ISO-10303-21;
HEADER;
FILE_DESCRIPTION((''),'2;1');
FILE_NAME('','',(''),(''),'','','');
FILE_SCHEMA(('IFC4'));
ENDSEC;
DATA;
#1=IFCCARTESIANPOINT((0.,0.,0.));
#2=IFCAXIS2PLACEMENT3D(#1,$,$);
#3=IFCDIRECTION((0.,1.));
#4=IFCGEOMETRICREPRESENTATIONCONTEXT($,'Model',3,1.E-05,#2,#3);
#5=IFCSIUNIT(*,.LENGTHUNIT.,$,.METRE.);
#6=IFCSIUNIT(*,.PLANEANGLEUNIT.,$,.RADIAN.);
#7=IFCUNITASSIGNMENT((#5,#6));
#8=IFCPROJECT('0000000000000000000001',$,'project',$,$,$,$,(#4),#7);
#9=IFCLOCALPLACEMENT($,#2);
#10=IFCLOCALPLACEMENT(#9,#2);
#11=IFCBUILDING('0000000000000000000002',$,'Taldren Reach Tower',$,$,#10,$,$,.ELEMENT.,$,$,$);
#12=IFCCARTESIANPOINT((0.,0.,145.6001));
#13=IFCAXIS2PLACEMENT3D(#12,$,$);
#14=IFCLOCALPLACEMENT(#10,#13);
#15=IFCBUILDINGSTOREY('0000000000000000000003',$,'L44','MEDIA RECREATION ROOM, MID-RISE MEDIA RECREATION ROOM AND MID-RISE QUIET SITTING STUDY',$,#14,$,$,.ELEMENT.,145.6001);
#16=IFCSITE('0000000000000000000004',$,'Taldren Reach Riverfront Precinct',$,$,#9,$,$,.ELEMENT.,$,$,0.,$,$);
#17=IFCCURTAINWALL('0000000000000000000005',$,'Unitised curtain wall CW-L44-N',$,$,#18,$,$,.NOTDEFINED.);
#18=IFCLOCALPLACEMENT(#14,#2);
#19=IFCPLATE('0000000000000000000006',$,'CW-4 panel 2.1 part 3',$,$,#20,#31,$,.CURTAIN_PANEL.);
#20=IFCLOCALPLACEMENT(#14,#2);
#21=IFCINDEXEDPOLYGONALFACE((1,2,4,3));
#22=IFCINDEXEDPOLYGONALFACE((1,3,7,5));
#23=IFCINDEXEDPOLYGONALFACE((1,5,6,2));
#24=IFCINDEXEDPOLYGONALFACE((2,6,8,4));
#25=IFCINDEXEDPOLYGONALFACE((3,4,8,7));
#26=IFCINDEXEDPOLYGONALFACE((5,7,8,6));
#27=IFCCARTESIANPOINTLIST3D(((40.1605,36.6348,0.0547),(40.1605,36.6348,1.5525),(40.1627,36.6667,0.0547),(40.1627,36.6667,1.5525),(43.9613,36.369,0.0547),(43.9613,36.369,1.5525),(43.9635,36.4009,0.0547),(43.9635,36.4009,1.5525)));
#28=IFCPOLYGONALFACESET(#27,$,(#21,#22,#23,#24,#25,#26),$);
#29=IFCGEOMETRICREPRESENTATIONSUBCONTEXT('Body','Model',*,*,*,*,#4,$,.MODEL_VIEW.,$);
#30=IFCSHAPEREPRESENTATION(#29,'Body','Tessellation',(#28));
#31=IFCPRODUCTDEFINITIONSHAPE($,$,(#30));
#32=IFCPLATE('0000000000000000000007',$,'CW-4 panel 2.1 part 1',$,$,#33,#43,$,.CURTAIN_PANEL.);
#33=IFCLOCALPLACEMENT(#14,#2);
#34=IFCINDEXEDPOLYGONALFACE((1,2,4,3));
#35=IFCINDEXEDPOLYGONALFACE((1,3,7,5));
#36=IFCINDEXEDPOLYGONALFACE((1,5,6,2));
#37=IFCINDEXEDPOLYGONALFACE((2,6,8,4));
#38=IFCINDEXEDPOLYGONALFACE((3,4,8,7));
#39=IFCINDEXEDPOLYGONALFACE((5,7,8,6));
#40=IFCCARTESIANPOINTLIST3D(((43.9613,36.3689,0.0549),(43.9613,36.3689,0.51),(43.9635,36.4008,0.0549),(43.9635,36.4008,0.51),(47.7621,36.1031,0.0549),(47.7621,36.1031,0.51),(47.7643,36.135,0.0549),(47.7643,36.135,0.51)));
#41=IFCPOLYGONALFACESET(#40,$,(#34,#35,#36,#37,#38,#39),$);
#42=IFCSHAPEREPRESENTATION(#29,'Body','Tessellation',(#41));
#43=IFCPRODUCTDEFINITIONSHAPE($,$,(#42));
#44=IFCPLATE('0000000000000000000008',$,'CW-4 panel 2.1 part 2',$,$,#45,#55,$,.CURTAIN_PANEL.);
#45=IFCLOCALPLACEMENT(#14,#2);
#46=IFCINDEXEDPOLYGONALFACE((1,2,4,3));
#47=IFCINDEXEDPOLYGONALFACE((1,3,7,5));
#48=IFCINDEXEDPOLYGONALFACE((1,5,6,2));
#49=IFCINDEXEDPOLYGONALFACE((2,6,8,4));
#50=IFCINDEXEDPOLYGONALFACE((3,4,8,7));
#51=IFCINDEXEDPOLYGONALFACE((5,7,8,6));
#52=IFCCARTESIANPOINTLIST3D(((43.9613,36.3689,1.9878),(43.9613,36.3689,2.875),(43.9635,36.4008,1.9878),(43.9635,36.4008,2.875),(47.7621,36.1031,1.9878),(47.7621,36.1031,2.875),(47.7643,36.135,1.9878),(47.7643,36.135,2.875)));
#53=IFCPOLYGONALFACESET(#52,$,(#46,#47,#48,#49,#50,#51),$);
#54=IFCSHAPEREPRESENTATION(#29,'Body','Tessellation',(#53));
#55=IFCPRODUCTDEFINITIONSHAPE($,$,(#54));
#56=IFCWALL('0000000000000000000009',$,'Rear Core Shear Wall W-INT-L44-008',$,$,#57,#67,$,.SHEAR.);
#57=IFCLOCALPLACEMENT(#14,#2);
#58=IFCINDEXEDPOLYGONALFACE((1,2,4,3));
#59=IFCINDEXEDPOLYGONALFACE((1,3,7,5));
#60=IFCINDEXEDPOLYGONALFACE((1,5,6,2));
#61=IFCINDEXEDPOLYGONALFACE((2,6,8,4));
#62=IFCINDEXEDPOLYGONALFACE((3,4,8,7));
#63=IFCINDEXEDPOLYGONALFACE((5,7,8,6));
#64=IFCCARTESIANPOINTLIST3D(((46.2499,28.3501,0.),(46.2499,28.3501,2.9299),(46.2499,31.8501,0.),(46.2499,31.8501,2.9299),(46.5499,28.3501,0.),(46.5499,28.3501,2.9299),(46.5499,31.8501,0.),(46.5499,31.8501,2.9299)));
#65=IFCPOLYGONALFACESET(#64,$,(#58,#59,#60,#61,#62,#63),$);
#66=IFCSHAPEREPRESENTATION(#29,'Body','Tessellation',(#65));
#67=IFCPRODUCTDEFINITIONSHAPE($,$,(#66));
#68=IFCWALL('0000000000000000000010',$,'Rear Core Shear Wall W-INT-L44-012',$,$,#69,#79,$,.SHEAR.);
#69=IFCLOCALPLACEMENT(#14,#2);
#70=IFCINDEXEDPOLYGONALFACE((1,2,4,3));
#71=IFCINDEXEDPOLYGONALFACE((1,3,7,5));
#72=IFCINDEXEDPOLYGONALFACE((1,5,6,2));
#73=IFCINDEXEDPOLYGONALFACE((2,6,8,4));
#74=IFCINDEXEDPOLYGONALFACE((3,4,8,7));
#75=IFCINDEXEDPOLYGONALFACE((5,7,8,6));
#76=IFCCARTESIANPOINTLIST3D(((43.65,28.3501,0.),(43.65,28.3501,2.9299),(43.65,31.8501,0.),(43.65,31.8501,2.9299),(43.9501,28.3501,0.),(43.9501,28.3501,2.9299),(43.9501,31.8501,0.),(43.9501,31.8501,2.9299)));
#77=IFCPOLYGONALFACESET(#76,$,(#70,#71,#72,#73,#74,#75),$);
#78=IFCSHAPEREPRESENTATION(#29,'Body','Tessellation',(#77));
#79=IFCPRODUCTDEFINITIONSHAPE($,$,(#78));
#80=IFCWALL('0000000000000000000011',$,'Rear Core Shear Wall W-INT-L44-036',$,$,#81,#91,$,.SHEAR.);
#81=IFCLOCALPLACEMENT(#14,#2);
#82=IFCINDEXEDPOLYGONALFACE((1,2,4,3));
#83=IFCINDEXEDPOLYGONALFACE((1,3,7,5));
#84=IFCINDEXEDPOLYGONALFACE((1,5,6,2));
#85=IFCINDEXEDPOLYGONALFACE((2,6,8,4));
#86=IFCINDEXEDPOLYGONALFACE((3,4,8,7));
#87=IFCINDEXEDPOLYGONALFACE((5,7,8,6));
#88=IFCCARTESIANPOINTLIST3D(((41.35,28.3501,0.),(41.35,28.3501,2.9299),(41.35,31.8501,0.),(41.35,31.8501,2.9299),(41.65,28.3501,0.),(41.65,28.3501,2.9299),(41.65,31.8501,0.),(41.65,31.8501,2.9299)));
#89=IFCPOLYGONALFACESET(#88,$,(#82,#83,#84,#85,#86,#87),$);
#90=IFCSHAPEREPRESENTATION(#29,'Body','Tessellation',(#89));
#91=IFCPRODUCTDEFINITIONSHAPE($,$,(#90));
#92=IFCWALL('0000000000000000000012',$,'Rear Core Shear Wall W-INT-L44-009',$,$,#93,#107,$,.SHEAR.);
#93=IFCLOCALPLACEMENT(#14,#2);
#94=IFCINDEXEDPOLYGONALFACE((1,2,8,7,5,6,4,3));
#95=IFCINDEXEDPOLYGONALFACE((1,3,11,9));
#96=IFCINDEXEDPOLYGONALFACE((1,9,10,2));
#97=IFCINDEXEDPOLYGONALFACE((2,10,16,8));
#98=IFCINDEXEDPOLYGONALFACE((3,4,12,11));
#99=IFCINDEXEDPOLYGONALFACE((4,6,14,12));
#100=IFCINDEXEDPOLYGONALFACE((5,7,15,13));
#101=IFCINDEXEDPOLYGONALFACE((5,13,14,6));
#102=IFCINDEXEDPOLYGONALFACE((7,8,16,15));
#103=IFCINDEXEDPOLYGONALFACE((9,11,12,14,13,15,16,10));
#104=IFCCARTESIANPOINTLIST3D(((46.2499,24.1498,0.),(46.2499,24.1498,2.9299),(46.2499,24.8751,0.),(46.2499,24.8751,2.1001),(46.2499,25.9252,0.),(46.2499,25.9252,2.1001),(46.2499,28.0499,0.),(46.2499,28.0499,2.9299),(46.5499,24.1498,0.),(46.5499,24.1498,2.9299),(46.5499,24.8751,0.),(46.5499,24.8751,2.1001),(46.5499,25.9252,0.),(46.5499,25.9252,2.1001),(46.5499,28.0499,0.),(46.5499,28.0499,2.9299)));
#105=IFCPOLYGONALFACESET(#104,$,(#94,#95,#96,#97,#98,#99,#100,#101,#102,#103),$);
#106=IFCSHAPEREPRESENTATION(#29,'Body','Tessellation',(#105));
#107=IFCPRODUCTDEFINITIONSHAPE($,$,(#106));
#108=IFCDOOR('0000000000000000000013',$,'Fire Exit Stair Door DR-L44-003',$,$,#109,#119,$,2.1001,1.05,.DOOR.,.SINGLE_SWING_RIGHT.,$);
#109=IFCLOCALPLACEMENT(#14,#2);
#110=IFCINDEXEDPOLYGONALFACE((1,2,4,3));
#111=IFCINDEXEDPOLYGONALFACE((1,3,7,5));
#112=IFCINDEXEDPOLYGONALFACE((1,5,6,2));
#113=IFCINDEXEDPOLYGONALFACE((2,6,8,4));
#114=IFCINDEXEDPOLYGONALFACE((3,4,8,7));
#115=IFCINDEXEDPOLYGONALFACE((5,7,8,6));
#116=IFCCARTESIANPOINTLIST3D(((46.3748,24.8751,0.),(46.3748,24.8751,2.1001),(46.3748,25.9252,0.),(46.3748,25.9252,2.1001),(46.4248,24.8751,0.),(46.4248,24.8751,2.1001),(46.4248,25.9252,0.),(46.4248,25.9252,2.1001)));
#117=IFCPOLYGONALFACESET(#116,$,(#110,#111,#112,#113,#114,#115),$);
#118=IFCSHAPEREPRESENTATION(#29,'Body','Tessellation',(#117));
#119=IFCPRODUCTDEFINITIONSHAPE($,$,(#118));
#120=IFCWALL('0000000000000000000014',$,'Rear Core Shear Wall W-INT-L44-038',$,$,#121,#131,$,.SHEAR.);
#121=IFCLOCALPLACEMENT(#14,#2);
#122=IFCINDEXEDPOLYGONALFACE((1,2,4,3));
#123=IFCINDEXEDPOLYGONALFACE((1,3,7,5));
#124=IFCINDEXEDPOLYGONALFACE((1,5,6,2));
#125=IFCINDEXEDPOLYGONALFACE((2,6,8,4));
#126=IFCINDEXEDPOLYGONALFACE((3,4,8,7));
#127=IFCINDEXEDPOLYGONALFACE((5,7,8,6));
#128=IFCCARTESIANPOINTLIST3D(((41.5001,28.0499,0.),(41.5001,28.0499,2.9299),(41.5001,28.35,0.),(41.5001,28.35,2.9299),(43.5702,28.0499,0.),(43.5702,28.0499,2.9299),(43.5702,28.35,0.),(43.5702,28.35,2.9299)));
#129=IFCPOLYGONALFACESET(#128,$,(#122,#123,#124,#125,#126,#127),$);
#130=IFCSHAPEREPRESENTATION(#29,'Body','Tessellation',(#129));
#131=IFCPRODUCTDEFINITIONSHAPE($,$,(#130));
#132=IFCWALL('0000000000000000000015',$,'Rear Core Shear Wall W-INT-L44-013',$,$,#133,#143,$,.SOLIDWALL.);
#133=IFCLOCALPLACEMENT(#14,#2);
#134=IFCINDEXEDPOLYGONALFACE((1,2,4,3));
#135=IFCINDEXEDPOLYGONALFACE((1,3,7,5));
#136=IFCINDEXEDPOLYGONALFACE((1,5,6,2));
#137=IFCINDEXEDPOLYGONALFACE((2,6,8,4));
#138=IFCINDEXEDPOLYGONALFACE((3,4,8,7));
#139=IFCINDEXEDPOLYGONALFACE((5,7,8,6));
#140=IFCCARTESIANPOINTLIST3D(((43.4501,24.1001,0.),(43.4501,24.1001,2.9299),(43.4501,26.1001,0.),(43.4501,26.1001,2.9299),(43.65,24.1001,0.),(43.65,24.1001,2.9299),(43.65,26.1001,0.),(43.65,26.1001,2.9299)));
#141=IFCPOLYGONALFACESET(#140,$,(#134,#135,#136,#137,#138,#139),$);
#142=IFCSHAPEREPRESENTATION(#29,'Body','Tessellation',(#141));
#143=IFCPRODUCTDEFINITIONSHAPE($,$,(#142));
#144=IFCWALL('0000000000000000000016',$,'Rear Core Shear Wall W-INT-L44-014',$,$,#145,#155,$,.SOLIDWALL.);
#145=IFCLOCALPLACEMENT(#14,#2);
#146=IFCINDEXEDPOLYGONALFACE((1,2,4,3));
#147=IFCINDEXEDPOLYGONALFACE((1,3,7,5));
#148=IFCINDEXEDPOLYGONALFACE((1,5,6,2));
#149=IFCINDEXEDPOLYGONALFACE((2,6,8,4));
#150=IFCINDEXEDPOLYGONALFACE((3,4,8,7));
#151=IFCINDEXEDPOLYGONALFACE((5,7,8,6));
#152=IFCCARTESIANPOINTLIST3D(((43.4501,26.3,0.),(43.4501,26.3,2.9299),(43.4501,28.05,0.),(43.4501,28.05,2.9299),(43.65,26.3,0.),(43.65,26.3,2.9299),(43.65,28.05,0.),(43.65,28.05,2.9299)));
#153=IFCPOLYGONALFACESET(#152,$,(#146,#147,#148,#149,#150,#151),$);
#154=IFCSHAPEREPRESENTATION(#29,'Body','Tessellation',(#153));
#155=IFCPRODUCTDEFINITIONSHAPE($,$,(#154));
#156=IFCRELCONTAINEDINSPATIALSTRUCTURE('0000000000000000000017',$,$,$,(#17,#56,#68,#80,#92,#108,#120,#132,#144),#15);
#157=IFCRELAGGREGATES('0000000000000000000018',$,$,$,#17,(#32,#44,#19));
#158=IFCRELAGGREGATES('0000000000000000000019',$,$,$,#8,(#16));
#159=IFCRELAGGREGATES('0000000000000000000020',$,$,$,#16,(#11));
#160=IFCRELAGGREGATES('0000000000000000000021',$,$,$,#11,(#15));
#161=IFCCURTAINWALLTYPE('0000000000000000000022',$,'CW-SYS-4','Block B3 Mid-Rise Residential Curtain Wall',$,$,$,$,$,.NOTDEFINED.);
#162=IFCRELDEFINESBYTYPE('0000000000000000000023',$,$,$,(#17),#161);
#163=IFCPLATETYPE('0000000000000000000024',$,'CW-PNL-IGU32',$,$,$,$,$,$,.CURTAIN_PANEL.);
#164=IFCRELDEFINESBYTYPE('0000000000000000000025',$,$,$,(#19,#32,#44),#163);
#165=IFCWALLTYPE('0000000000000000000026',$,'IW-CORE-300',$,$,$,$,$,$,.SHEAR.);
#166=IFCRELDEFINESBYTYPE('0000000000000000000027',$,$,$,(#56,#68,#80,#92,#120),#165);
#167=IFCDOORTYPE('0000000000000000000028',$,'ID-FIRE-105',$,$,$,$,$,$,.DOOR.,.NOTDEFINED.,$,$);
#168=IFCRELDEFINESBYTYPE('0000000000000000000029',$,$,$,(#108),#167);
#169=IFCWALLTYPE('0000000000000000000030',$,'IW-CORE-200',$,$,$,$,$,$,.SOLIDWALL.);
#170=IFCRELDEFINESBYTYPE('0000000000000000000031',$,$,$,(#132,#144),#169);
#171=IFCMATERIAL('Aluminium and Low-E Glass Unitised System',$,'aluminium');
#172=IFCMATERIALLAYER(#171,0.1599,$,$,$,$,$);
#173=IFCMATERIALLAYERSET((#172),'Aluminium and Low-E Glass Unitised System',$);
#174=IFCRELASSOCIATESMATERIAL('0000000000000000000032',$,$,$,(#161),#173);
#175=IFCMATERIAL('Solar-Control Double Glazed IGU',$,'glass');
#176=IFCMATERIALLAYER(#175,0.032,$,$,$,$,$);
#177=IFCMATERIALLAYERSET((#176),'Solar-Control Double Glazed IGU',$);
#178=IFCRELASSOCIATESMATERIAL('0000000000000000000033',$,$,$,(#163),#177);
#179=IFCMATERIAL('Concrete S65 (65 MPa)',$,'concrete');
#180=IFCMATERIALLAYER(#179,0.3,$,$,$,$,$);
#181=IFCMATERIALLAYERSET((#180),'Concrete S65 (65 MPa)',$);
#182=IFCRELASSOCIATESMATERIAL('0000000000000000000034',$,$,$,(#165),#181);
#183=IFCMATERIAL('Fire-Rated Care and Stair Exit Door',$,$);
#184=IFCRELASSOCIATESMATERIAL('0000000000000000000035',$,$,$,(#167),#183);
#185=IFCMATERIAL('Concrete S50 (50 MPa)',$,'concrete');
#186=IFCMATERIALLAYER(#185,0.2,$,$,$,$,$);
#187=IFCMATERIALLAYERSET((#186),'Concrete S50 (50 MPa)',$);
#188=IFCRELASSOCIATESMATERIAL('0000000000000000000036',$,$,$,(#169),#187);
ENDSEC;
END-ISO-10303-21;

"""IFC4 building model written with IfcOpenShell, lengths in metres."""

from ifc_helpers import new_model, si_unit, direction, frame, frame_2d, origin, origin_2d, place, context, subcontext, project, spatial, rectangle, extrude, source, transform, mapped, material, layer, layer_set, type_object, element, fill, aggregate, save


model = new_model("IFC4")

# Units and contexts
model_context = context("Model", 3, precision=1e-05, world=origin(), true_north=direction((0.0, 1.0)))
body_context = subcontext(model_context, "Body", "Model", "MODEL_VIEW")
ifc_project = project(units=[si_unit("LENGTHUNIT", "METRE"), si_unit("PLANEANGLEUNIT", "RADIAN")], contexts=[model_context])

# Site, building, storey
site_placement = place(None, origin())
site = spatial("IfcSite", under=ifc_project, at=site_placement, Name="Taldren Reach Riverfront Precinct", CompositionType="ELEMENT", RefElevation=0.0)
building_placement = place(site_placement, origin())
building = spatial("IfcBuilding", under=site, at=building_placement, Name="Taldren Reach Tower", CompositionType="ELEMENT")
storey_placement = place(building_placement, frame((0.0, 0.0, 145.6001)))
storey = spatial("IfcBuildingStorey", under=building, at=storey_placement, Name="L44", Description="MEDIA RECREATION ROOM, MID-RISE MEDIA RECREATION ROOM AND MID-RISE QUIET SITTING STUDY", CompositionType="ELEMENT", Elevation=145.6001)

# Curtain wall
ifc_material_1 = material(Name="Aluminium and Low-E Glass Unitised System", Category="aluminium")
ifc_layer_1 = layer(ifc_material_1, 0.1599)
ifc_layer_set_1 = layer_set([ifc_layer_1], Name="Aluminium and Low-E Glass Unitised System")
curtain_wall_type = type_object("IfcCurtainWallType", Name="CW-SYS-4", Description="Block B3 Mid-Rise Residential Curtain Wall", PredefinedType="NOTDEFINED", material=ifc_layer_set_1)
curtain_wall_placement = place(storey_placement, origin())
curtain_wall = element("IfcCurtainWall", 1, at=curtain_wall_placement, inside=storey, type_object=curtain_wall_type, Name="Unitised curtain wall CW-L44-N", PredefinedType="NOTDEFINED")

# Plates
ifc_material_2 = material(Name="Solar-Control Double Glazed IGU", Category="glass")
ifc_layer_2 = layer(ifc_material_2, 0.032)
ifc_layer_set_2 = layer_set([ifc_layer_2], Name="Solar-Control Double Glazed IGU")
plate_type_1 = type_object("IfcPlateType", Name="CW-PNL-IGU32", PredefinedType="CURTAIN_PANEL", material=ifc_layer_set_2)
shared_shape_1 = source(origin(), body_context, "Body", "SweptSolid", [
    extrude(rectangle(XDim=3.8101, YDim=0.032, at=origin_2d()), origin(), (0.0, 0.0, 1.0), 1.4978),
])
plate_1_placement = place(storey_placement, frame((42.062, 36.5178, 0.0547), z_axis=(0.0, 0.0, 1.0), x_axis=(-0.997564, 0.069757, 0.0)))
plate_1 = element("IfcPlate", 2, at=plate_1_placement, type_object=plate_type_1, Name="CW-4 panel 2.1 part 3", PredefinedType="CURTAIN_PANEL", context=body_context, shape_type="MappedRepresentation", body=[
    mapped(shared_shape_1, transform((0.0, 0.0, 0.0), scale=1.0)),
])
shared_shape_2 = source(origin(), body_context, "Body", "SweptSolid", [
    extrude(rectangle(XDim=3.8101, YDim=0.032, at=origin_2d()), origin(), (0.0, 0.0, 1.0), 0.4551),
])
plate_2_placement = place(storey_placement, frame((45.8628, 36.252, 0.0549), z_axis=(0.0, 0.0, 1.0), x_axis=(-0.997564, 0.069757, 0.0)))
plate_2 = element("IfcPlate", 3, at=plate_2_placement, type_object=plate_type_1, Name="CW-4 panel 2.1 part 1", PredefinedType="CURTAIN_PANEL", context=body_context, shape_type="MappedRepresentation", body=[
    mapped(shared_shape_2, transform((0.0, 0.0, 0.0), scale=1.0)),
])
shared_shape_3 = source(origin(), body_context, "Body", "SweptSolid", [
    extrude(rectangle(XDim=3.8101, YDim=0.032, at=origin_2d()), origin(), (0.0, 0.0, 1.0), 0.8872),
])
plate_3_placement = place(storey_placement, frame((45.8628, 36.252, 1.9878), z_axis=(0.0, 0.0, 1.0), x_axis=(-0.997564, 0.069757, 0.0)))
plate_3 = element("IfcPlate", 4, at=plate_3_placement, type_object=plate_type_1, Name="CW-4 panel 2.1 part 2", PredefinedType="CURTAIN_PANEL", context=body_context, shape_type="MappedRepresentation", body=[
    mapped(shared_shape_3, transform((0.0, 0.0, 0.0), scale=1.0)),
])
aggregate(curtain_wall, [plate_2, plate_3, plate_1])

# Walls
ifc_material_3 = material(Name="Concrete S65 (65 MPa)", Category="concrete")
ifc_layer_3 = layer(ifc_material_3, 0.3)
ifc_layer_set_3 = layer_set([ifc_layer_3], Name="Concrete S65 (65 MPa)")
wall_type_1 = type_object("IfcWallType", Name="IW-CORE-300", PredefinedType="SHEAR", material=ifc_layer_set_3)
shared_shape_4 = source(origin(), body_context, "Body", "SweptSolid", [
    extrude(rectangle(XDim=3.5, YDim=0.3, at=frame_2d((1.75, 0.0))), origin(), (0.0, 0.0, 1.0), 2.9299),
])
for number, where, z_axis, x_axis, name in (
    (5, (46.3999, 31.8501, 0.0), (0.0, 0.0, 1.0), (0.0, -1.0, 0.0), "Rear Core Shear Wall W-INT-L44-008"),
    (6, (43.8, 31.8501, 0.0), (0.0, 0.0, 1.0), (0.0, -1.0, 0.0), "Rear Core Shear Wall W-INT-L44-012"),
    (7, (41.5, 28.3501, 0.0), (0.0, 0.0, 1.0), (0.0, 1.0, 0.0), "Rear Core Shear Wall W-INT-L44-036"),
):
    element("IfcWall", number, at=place(storey_placement, frame(where, z_axis=z_axis, x_axis=x_axis)), inside=storey, type_object=wall_type_1, Name=name, PredefinedType="SHEAR", context=body_context, shape_type="MappedRepresentation", body=[
        mapped(shared_shape_4, transform((0.0, 0.0, 0.0), scale=1.0)),
    ])

# Wall, opening, door
shared_shape_5 = source(origin(), body_context, "Body", "SweptSolid", [
    extrude(rectangle(XDim=3.9001, YDim=0.3, at=frame_2d((1.9502, 0.0))), origin(), (0.0, 0.0, 1.0), 2.9299),
])
wall_1_placement = place(storey_placement, frame((46.3999, 28.05, 0.0), z_axis=(0.0, 0.0, 1.0), x_axis=(0.0, -1.0, 0.0)))
wall_1 = element("IfcWall", 8, at=wall_1_placement, inside=storey, type_object=wall_type_1, Name="Rear Core Shear Wall W-INT-L44-009", PredefinedType="SHEAR", context=body_context, shape_type="MappedRepresentation", body=[
    mapped(shared_shape_5, transform((0.0, 0.0, 0.0), scale=1.0)),
])
shared_shape_6 = source(origin(), body_context, "Body", "SweptSolid", [
    extrude(rectangle(XDim=1.05, YDim=2.1001, at=frame_2d((0.5249, 1.05))), frame((0.0, 0.1602, 0.0), z_axis=(0.0, -1.0, 0.0), x_axis=(1.0, 0.0, 0.0)), (0.0, 0.0, 1.0), 0.3201),
])
opening_1_placement = place(wall_1_placement, frame((2.125, 0.0, 0.0)))
opening_1 = element("IfcOpeningElement", 9, at=opening_1_placement, cuts=wall_1, PredefinedType="OPENING", context=body_context, shape_type="MappedRepresentation", body=[
    mapped(shared_shape_6, transform((0.0, 0.0, 0.0), scale=1.0)),
])
ifc_material_4 = material(Name="Fire-Rated Care and Stair Exit Door")
door_type_1 = type_object("IfcDoorType", Name="ID-FIRE-105", OperationType="NOTDEFINED", PredefinedType="DOOR", material=ifc_material_4)
shared_shape_7 = source(origin(), body_context, "Body", "SweptSolid", [
    extrude(rectangle(XDim=1.05, YDim=2.1001, at=frame_2d((0.5249, 1.05))), frame((0.0, 0.0249, 0.0), z_axis=(0.0, -1.0, 0.0), x_axis=(1.0, 0.0, 0.0)), (0.0, 0.0, 1.0), 0.05),
])
door_1_placement = place(opening_1_placement, origin())
door_1 = element("IfcDoor", 10, at=door_1_placement, inside=storey, type_object=door_type_1, Name="Fire Exit Stair Door DR-L44-003", OperationType="SINGLE_SWING_RIGHT", OverallHeight=2.1001, OverallWidth=1.05, PredefinedType="DOOR", context=body_context, shape_type="MappedRepresentation", body=[
    mapped(shared_shape_7, transform((0.0, 0.0, 0.0), scale=1.0)),
])
fill(opening_1, door_1)

# Walls
shared_shape_8 = source(origin(), body_context, "Body", "SweptSolid", [
    extrude(rectangle(XDim=2.0701, YDim=0.3, at=frame_2d((1.0352, 0.0))), origin(), (0.0, 0.0, 1.0), 2.9299),
])
wall_2_placement = place(storey_placement, frame((41.5, 28.2, 0.0), z_axis=(0.0, 0.0, 1.0), x_axis=(1.0, 0.0, 0.0)))
element("IfcWall", 11, at=wall_2_placement, inside=storey, type_object=wall_type_1, Name="Rear Core Shear Wall W-INT-L44-038", PredefinedType="SHEAR", context=body_context, shape_type="MappedRepresentation", body=[
    mapped(shared_shape_8, transform((0.0, 0.0, 0.0), scale=1.0)),
])
ifc_material_5 = material(Name="Concrete S50 (50 MPa)", Category="concrete")
ifc_layer_4 = layer(ifc_material_5, 0.2)
ifc_layer_set_4 = layer_set([ifc_layer_4], Name="Concrete S50 (50 MPa)")
wall_type_2 = type_object("IfcWallType", Name="IW-CORE-200", PredefinedType="SOLIDWALL", material=ifc_layer_set_4)
shared_shape_9 = source(origin(), body_context, "Body", "SweptSolid", [
    extrude(rectangle(XDim=2.0, YDim=0.2, at=frame_2d((1.0, 0.0))), origin(), (0.0, 0.0, 1.0), 2.9299),
])
wall_3_placement = place(storey_placement, frame((43.55, 26.1001, 0.0), z_axis=(0.0, 0.0, 1.0), x_axis=(0.0, -1.0, 0.0)))
element("IfcWall", 12, at=wall_3_placement, inside=storey, type_object=wall_type_2, Name="Rear Core Shear Wall W-INT-L44-013", PredefinedType="SOLIDWALL", context=body_context, shape_type="MappedRepresentation", body=[
    mapped(shared_shape_9, transform((0.0, 0.0, 0.0), scale=1.0)),
])
shared_shape_10 = source(origin(), body_context, "Body", "SweptSolid", [
    extrude(rectangle(XDim=1.75, YDim=0.2, at=frame_2d((0.875, 0.0))), origin(), (0.0, 0.0, 1.0), 2.9299),
])
wall_4_placement = place(storey_placement, frame((43.55, 28.05, 0.0), z_axis=(0.0, 0.0, 1.0), x_axis=(0.0, -1.0, 0.0)))
element("IfcWall", 13, at=wall_4_placement, inside=storey, type_object=wall_type_2, Name="Rear Core Shear Wall W-INT-L44-014", PredefinedType="SOLIDWALL", context=body_context, shape_type="MappedRepresentation", body=[
    mapped(shared_shape_10, transform((0.0, 0.0, 0.0), scale=1.0)),
])

save(model, "model.ifc")
